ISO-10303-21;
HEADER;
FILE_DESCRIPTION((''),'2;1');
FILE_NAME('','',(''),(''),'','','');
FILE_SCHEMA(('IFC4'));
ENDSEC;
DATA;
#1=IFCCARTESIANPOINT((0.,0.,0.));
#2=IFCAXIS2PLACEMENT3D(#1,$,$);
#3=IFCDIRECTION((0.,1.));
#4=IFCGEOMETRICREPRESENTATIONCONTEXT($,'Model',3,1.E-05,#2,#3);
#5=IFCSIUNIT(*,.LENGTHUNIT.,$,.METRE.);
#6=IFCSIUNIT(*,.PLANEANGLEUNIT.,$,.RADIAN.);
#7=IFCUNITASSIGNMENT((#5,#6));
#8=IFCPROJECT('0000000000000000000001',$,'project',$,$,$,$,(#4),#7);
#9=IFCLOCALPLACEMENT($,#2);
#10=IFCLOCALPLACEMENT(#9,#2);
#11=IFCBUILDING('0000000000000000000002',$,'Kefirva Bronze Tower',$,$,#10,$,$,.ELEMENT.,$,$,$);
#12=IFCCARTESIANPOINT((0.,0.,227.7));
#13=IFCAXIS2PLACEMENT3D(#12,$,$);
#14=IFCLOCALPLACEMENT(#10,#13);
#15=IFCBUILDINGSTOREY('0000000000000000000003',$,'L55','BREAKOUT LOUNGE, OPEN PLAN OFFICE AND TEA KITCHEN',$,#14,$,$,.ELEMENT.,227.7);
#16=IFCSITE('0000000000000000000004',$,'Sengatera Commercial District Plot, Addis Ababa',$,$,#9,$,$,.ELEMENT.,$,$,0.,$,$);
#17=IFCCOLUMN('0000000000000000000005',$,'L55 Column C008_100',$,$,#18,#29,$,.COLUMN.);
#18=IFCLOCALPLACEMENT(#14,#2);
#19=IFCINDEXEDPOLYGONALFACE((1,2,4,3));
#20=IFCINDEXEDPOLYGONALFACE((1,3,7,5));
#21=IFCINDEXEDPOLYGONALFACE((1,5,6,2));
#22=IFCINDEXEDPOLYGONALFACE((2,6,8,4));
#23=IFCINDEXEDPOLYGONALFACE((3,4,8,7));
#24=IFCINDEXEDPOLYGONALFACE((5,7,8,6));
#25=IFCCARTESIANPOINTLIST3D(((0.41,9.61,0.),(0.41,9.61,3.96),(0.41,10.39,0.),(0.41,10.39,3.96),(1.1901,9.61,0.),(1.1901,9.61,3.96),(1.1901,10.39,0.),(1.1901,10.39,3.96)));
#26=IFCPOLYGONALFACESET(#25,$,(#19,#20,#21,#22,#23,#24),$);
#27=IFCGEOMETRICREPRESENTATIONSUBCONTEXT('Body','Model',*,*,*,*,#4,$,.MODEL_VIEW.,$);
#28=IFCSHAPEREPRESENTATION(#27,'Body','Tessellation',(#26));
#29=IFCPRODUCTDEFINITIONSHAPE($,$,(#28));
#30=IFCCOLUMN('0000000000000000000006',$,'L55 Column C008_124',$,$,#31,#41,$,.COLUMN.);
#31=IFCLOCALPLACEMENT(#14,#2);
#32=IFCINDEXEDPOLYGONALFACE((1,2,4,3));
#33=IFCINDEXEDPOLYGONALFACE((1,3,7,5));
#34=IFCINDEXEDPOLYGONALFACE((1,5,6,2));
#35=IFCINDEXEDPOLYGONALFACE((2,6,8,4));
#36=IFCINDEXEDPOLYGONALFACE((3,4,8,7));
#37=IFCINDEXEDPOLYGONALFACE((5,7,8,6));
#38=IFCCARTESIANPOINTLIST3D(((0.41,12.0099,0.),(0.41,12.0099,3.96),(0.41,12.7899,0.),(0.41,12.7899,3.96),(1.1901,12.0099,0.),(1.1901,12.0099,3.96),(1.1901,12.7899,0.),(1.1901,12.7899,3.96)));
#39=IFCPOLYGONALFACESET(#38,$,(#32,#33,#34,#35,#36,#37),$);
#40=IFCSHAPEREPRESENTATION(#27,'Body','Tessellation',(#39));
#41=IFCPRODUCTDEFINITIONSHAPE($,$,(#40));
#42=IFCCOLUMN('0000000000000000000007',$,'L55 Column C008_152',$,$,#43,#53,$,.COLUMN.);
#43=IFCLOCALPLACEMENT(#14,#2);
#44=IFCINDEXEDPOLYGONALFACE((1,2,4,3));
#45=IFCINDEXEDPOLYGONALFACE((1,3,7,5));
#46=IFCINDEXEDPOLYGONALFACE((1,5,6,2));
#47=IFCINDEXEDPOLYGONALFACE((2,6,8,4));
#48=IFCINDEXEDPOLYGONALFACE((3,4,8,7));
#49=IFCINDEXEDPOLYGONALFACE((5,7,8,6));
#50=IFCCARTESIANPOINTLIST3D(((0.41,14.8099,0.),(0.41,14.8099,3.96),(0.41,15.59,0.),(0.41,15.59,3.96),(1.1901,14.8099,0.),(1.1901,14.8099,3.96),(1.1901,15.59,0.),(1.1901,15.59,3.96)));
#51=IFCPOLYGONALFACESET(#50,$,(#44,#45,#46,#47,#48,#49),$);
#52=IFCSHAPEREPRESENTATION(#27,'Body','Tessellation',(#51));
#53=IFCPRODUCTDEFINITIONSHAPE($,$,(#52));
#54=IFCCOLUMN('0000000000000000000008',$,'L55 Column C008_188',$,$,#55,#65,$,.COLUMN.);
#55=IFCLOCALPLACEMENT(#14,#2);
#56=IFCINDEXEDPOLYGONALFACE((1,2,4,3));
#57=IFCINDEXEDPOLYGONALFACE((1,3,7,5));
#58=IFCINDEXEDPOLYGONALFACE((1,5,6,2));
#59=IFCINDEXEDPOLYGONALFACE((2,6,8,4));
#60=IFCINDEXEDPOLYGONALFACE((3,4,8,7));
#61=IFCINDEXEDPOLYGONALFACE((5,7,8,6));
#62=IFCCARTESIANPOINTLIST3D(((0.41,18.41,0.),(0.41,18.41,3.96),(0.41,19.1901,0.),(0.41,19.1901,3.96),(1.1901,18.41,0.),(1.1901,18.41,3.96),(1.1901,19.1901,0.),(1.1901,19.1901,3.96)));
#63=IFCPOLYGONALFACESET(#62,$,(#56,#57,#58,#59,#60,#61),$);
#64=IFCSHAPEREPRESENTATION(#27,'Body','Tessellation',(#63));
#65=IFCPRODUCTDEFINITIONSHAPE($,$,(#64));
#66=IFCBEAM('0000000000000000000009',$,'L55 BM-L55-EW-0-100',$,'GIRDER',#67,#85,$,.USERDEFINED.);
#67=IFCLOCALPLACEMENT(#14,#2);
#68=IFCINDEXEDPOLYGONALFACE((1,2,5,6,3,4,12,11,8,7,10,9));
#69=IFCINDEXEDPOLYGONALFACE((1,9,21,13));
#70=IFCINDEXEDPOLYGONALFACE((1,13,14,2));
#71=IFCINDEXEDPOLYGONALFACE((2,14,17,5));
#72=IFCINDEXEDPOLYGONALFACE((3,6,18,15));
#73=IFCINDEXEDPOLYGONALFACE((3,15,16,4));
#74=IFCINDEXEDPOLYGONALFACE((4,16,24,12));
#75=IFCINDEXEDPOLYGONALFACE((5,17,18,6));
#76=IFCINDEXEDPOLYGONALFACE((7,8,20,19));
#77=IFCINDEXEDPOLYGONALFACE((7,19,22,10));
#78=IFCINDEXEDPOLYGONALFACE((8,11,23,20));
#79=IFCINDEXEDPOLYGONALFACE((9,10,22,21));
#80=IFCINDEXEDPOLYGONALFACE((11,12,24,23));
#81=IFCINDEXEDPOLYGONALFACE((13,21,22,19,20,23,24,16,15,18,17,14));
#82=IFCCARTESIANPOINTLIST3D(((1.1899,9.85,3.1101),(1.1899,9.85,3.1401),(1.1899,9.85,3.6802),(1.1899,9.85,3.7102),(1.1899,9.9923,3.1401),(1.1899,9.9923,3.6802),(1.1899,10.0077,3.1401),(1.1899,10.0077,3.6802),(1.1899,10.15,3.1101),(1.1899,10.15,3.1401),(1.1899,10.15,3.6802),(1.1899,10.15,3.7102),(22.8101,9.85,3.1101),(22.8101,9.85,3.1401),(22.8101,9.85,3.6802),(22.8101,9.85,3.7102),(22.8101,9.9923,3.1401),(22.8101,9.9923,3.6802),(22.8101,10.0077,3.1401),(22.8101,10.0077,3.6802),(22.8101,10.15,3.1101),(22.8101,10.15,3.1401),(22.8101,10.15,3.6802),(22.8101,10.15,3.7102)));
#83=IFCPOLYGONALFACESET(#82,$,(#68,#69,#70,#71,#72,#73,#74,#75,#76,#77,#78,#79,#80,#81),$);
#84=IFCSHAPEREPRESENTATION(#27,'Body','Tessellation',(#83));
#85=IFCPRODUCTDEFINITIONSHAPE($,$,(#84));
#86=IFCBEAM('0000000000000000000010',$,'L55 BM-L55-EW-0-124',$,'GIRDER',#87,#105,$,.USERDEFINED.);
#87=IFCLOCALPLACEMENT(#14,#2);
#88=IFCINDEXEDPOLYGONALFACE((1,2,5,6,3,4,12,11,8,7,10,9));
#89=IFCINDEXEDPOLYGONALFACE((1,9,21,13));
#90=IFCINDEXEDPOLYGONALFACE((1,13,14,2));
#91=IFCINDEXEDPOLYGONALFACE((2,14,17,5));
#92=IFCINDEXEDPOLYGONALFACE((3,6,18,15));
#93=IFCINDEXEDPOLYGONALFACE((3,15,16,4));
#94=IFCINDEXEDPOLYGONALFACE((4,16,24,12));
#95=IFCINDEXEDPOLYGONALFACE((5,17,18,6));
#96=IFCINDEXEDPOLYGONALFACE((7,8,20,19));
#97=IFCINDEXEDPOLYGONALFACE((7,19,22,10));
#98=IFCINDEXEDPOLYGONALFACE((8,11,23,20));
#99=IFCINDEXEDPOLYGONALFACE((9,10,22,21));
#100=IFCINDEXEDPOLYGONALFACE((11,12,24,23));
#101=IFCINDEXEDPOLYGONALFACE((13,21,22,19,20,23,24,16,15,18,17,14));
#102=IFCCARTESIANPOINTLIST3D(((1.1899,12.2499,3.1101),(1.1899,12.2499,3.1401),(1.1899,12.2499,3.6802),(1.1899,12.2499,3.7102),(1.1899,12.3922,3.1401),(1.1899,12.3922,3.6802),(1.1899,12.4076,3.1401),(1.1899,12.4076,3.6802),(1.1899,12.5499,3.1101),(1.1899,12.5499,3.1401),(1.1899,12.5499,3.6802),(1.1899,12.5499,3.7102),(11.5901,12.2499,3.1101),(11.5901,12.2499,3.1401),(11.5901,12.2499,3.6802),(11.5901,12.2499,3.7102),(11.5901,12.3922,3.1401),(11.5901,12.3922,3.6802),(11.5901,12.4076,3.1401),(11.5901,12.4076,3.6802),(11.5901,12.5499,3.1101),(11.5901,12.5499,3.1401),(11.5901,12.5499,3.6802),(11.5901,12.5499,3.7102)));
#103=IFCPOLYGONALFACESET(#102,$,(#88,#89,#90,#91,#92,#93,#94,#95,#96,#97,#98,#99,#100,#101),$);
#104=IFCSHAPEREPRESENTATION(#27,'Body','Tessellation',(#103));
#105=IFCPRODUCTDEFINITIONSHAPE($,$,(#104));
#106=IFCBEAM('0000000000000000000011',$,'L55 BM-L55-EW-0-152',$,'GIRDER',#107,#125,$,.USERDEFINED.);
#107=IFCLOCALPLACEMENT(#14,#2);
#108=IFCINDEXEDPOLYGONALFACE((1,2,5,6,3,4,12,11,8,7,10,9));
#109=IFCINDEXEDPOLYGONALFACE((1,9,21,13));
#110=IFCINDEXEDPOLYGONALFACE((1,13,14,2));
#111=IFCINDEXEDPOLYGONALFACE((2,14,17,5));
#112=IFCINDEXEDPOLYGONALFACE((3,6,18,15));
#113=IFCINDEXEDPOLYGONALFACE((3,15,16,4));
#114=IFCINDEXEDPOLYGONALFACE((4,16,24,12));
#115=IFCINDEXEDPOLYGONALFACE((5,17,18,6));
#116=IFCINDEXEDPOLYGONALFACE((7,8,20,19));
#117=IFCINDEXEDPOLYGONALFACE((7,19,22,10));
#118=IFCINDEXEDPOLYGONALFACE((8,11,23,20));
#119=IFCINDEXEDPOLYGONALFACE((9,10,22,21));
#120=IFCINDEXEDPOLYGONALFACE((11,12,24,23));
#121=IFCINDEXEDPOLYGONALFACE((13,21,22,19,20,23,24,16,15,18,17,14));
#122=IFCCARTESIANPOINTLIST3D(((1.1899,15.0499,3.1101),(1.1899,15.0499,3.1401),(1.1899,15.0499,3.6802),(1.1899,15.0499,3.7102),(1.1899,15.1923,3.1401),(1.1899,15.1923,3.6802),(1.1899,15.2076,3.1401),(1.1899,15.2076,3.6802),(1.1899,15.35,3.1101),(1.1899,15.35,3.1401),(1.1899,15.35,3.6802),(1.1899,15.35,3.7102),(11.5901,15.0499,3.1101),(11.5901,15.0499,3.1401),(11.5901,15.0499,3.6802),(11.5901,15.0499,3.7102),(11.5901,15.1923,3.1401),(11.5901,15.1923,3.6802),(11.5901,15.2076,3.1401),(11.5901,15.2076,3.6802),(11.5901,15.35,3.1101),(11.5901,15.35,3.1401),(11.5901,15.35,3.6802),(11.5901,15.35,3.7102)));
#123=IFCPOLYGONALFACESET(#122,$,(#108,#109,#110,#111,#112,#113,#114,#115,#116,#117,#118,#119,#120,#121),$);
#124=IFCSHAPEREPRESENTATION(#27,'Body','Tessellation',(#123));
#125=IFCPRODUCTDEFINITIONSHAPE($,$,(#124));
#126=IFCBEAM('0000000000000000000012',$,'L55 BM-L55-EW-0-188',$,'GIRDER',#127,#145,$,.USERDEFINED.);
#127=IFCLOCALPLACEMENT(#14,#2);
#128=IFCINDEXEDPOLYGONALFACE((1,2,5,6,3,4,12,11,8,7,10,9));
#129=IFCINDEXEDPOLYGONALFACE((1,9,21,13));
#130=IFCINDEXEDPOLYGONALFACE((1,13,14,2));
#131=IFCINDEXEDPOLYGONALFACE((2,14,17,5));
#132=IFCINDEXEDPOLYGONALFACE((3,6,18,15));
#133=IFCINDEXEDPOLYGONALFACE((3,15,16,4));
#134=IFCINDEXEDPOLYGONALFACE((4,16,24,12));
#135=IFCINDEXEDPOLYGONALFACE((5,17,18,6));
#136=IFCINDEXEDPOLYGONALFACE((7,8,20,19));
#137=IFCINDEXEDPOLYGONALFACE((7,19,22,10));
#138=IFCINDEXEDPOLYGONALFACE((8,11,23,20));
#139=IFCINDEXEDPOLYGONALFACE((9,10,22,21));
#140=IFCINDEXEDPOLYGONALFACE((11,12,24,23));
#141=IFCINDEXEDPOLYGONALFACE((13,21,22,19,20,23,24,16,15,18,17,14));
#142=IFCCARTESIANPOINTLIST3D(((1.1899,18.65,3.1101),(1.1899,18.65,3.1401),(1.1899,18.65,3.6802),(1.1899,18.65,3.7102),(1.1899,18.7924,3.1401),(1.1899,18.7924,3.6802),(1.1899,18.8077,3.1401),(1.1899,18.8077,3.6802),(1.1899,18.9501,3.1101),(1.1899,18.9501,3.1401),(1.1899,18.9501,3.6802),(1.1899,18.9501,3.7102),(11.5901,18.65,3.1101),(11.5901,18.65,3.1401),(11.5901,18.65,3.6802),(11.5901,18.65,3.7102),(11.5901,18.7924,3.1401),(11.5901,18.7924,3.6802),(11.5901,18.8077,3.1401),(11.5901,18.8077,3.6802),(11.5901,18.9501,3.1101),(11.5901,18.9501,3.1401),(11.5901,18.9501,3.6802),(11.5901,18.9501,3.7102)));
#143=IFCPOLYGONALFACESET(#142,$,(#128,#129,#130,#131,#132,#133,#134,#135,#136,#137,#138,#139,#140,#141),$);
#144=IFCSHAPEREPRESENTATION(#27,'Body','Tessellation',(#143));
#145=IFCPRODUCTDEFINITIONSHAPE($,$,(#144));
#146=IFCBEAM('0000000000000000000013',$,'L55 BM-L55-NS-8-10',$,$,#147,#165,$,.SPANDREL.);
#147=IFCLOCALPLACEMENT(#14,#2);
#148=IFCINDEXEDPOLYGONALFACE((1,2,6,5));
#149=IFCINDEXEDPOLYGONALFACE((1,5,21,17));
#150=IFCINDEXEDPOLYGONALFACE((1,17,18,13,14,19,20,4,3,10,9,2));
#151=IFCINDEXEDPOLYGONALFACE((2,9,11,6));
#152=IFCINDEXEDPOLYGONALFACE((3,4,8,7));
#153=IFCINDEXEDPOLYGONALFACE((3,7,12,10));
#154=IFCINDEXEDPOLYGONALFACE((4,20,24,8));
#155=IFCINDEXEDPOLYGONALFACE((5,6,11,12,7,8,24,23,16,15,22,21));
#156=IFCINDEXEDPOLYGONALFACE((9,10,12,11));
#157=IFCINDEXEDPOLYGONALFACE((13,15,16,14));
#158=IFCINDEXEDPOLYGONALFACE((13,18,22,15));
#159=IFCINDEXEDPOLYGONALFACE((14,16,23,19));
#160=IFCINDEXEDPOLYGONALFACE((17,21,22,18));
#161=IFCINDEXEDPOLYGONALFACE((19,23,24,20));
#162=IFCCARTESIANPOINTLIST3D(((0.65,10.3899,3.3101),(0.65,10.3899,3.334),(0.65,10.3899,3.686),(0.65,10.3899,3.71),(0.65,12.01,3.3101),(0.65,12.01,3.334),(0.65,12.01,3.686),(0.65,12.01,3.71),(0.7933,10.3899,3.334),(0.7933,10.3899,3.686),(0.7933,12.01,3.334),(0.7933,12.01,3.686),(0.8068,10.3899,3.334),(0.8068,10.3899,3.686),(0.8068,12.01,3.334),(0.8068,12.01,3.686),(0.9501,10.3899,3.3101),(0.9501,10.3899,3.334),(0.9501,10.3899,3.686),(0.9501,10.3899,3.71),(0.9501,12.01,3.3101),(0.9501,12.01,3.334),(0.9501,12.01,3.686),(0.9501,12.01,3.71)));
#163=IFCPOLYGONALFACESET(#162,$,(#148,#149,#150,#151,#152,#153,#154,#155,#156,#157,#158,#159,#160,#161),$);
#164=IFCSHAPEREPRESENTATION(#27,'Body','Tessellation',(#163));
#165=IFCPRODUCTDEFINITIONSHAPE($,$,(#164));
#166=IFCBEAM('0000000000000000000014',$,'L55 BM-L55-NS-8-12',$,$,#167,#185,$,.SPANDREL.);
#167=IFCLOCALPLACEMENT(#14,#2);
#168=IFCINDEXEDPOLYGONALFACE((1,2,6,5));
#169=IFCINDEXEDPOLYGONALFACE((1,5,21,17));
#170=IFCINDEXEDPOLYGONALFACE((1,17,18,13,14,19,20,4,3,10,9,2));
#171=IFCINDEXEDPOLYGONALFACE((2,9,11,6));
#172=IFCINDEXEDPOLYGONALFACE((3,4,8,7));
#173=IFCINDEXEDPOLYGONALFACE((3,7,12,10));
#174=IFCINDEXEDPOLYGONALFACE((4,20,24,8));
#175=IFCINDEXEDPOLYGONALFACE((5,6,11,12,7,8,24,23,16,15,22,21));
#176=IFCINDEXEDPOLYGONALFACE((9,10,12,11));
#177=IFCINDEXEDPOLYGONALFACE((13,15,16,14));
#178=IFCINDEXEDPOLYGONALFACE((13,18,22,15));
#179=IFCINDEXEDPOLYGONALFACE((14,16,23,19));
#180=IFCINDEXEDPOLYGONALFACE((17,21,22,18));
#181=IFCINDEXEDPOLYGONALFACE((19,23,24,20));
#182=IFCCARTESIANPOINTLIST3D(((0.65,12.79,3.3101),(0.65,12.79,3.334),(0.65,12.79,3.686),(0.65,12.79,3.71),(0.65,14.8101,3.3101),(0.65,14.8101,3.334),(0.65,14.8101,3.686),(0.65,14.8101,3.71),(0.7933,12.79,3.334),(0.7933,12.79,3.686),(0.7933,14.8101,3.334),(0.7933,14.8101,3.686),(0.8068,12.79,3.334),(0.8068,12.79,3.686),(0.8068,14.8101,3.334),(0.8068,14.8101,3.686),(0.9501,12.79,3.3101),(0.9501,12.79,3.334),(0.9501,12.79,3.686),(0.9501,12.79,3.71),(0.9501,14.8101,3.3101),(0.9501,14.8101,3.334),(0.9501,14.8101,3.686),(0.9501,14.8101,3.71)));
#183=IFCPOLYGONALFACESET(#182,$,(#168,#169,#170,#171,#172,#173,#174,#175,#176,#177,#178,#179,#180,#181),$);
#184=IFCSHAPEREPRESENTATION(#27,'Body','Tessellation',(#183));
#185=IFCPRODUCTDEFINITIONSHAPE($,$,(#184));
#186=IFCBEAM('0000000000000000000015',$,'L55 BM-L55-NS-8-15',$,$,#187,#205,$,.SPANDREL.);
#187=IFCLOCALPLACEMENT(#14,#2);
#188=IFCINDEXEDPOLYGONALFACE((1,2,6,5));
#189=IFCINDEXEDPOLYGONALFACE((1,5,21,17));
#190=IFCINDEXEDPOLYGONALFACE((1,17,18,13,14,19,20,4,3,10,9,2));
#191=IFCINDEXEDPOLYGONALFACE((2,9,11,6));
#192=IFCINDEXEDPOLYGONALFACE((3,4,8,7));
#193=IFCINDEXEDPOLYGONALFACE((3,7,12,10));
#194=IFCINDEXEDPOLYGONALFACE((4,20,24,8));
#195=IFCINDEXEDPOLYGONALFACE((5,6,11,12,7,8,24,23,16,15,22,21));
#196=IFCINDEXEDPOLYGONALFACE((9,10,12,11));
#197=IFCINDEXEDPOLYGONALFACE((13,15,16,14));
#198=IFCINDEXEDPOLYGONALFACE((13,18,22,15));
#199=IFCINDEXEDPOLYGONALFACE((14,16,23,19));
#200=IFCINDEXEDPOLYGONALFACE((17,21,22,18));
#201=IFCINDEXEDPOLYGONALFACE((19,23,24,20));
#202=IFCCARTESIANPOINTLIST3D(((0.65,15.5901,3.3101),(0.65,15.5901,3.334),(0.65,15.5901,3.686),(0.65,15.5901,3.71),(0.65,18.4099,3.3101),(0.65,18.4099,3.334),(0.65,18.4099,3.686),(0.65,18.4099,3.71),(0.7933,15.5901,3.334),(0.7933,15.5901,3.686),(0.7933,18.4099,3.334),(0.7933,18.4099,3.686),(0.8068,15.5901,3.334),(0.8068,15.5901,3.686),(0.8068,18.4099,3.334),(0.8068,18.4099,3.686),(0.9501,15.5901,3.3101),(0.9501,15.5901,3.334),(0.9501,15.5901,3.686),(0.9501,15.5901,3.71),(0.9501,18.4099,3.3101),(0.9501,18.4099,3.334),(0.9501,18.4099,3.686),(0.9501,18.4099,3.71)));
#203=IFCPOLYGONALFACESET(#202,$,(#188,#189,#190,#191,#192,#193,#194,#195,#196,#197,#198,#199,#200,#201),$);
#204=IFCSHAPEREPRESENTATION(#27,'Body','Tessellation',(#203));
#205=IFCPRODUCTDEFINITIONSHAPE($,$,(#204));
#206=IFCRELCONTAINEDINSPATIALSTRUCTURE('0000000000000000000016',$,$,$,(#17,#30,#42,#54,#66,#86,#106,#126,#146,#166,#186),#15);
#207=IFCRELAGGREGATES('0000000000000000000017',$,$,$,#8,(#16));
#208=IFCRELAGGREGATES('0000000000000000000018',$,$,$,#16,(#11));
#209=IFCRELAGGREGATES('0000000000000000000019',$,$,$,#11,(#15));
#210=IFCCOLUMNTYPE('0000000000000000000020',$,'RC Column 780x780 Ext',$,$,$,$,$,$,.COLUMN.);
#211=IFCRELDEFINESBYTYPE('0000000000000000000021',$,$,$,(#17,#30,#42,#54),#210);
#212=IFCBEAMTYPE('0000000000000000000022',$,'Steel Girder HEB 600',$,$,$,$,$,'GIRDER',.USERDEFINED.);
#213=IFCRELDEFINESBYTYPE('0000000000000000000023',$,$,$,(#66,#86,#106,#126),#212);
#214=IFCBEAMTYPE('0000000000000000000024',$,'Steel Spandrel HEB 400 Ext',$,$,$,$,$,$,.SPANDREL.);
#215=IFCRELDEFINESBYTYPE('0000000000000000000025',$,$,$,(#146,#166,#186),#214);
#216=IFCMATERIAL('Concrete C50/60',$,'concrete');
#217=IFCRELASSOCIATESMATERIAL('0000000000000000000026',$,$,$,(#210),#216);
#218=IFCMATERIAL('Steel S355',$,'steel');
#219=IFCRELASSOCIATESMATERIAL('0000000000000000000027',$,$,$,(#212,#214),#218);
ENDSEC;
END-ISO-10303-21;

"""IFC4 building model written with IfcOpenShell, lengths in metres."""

from ifc_helpers import new_model, si_unit, direction, frame, origin, origin_2d, place, context, subcontext, project, spatial, rectangle, i_section, extrude, material, material_profile, profile_set, type_object, element, save


model = new_model("IFC4")

# Units and contexts
model_context = context("Model", 3, precision=1e-05, world=origin(), true_north=direction((0.0, 1.0)))
body_context = subcontext(model_context, "Body", "Model", "MODEL_VIEW")
ifc_project = project(units=[si_unit("LENGTHUNIT", "METRE"), si_unit("PLANEANGLEUNIT", "RADIAN")], contexts=[model_context])

# Site, building, storey
site_placement = place(None, origin())
site = spatial("IfcSite", under=ifc_project, at=site_placement, Name="Sengatera Commercial District Plot, Addis Ababa", CompositionType="ELEMENT", RefElevation=0.0)
building_placement = place(site_placement, origin())
building = spatial("IfcBuilding", under=site, at=building_placement, Name="Kefirva Bronze Tower", CompositionType="ELEMENT")
storey_placement = place(building_placement, frame((0.0, 0.0, 227.7)))
storey = spatial("IfcBuildingStorey", under=building, at=storey_placement, Name="L55", Description="BREAKOUT LOUNGE, OPEN PLAN OFFICE AND TEA KITCHEN", CompositionType="ELEMENT", Elevation=227.7)

# Columns
ifc_material_1 = material(Name="Concrete C50/60", Category="concrete")
ifc_material_profile_1 = material_profile(ifc_material_1, rectangle(XDim=0.78, YDim=0.78, at=origin_2d()), Name="RC 780x780")
ifc_profile_set_1 = profile_set([ifc_material_profile_1], Name="Concrete C50/60")
column_type = type_object("IfcColumnType", Name="RC Column 780x780 Ext", PredefinedType="COLUMN", material=ifc_profile_set_1)
for number, where, z_axis, x_axis, name in (
    (1, (0.8, 10.0, 0.0), (0.0, 0.0, 1.0), (1.0, 0.0, 0.0), "L55 Column C008_100"),
    (2, (0.8, 12.3999, 0.0), (0.0, 0.0, 1.0), (1.0, 0.0, 0.0), "L55 Column C008_124"),
    (3, (0.8, 15.2, 0.0), (0.0, 0.0, 1.0), (1.0, 0.0, 0.0), "L55 Column C008_152"),
    (4, (0.8, 18.8, 0.0), (0.0, 0.0, 1.0), (1.0, 0.0, 0.0), "L55 Column C008_188"),
):
    element("IfcColumn", number, at=place(storey_placement, frame(where, z_axis=z_axis, x_axis=x_axis)), inside=storey, type_object=column_type, Name=name, PredefinedType="COLUMN", context=body_context, shape_type="SweptSolid", body=[
        extrude(rectangle(XDim=0.78, YDim=0.78, at=origin_2d()), origin(), (0.0, 0.0, 1.0), 3.96),
    ])

# Beams
ifc_material_2 = material(Name="Steel S355", Category="steel")
ifc_material_profile_2 = material_profile(ifc_material_2, i_section(OverallWidth=0.3, OverallDepth=0.6001, WebThickness=0.0154, FlangeThickness=0.03, at=origin_2d()), Name="HEB 600")
ifc_profile_set_2 = profile_set([ifc_material_profile_2], Name="Steel S355")
beam_type_1 = type_object("IfcBeamType", Name="Steel Girder HEB 600", ElementType="GIRDER", PredefinedType="USERDEFINED", material=ifc_profile_set_2)
beam_1_placement = place(storey_placement, frame((1.1899, 10.0, 3.4102), z_axis=(1.0, 0.0, 0.0), x_axis=(0.0, 1.0, 0.0)))
element("IfcBeam", 5, at=beam_1_placement, inside=storey, type_object=beam_type_1, Name="L55 BM-L55-EW-0-100", ObjectType="GIRDER", PredefinedType="USERDEFINED", context=body_context, shape_type="SweptSolid", body=[
    extrude(i_section(OverallWidth=0.3, OverallDepth=0.6001, WebThickness=0.0154, FlangeThickness=0.03, at=origin_2d()), origin(), (0.0, 0.0, 1.0), 21.6201),
])
for number, where, z_axis, x_axis, name in (
    (6, (1.1899, 12.3999, 3.4102), (1.0, 0.0, 0.0), (0.0, 1.0, 0.0), "L55 BM-L55-EW-0-124"),
    (7, (1.1899, 15.2, 3.4102), (1.0, 0.0, 0.0), (0.0, 1.0, 0.0), "L55 BM-L55-EW-0-152"),
    (8, (1.1899, 18.8, 3.4102), (1.0, 0.0, 0.0), (0.0, 1.0, 0.0), "L55 BM-L55-EW-0-188"),
):
    element("IfcBeam", number, at=place(storey_placement, frame(where, z_axis=z_axis, x_axis=x_axis)), inside=storey, type_object=beam_type_1, Name=name, ObjectType="GIRDER", PredefinedType="USERDEFINED", context=body_context, shape_type="SweptSolid", body=[
        extrude(i_section(OverallWidth=0.3, OverallDepth=0.6001, WebThickness=0.0154, FlangeThickness=0.03, at=origin_2d()), origin(), (0.0, 0.0, 1.0), 10.4001),
    ])
ifc_material_profile_3 = material_profile(ifc_material_2, i_section(OverallWidth=0.3, OverallDepth=0.3999, WebThickness=0.0134, FlangeThickness=0.0239, at=origin_2d()), Name="HEB 400")
ifc_profile_set_3 = profile_set([ifc_material_profile_3], Name="Steel S355")
beam_type_2 = type_object("IfcBeamType", Name="Steel Spandrel HEB 400 Ext", PredefinedType="SPANDREL", material=ifc_profile_set_3)
beam_2_placement = place(storey_placement, frame((0.8, 10.3899, 3.51), z_axis=(0.0, 1.0, 0.0), x_axis=(-1.0, 0.0, 0.0)))
element("IfcBeam", 9, at=beam_2_placement, inside=storey, type_object=beam_type_2, Name="L55 BM-L55-NS-8-10", PredefinedType="SPANDREL", context=body_context, shape_type="SweptSolid", body=[
    extrude(i_section(OverallWidth=0.3, OverallDepth=0.3999, WebThickness=0.0134, FlangeThickness=0.0239, at=origin_2d()), origin(), (0.0, 0.0, 1.0), 1.6201),
])
beam_3_placement = place(storey_placement, frame((0.8, 12.79, 3.51), z_axis=(0.0, 1.0, 0.0), x_axis=(-1.0, 0.0, 0.0)))
element("IfcBeam", 10, at=beam_3_placement, inside=storey, type_object=beam_type_2, Name="L55 BM-L55-NS-8-12", PredefinedType="SPANDREL", context=body_context, shape_type="SweptSolid", body=[
    extrude(i_section(OverallWidth=0.3, OverallDepth=0.3999, WebThickness=0.0134, FlangeThickness=0.0239, at=origin_2d()), origin(), (0.0, 0.0, 1.0), 2.02),
])
beam_4_placement = place(storey_placement, frame((0.8, 15.5901, 3.51), z_axis=(0.0, 1.0, 0.0), x_axis=(-1.0, 0.0, 0.0)))
element("IfcBeam", 11, at=beam_4_placement, inside=storey, type_object=beam_type_2, Name="L55 BM-L55-NS-8-15", PredefinedType="SPANDREL", context=body_context, shape_type="SweptSolid", body=[
    extrude(i_section(OverallWidth=0.3, OverallDepth=0.3999, WebThickness=0.0134, FlangeThickness=0.0239, at=origin_2d()), origin(), (0.0, 0.0, 1.0), 2.8198),
])

save(model, "model.ifc")
